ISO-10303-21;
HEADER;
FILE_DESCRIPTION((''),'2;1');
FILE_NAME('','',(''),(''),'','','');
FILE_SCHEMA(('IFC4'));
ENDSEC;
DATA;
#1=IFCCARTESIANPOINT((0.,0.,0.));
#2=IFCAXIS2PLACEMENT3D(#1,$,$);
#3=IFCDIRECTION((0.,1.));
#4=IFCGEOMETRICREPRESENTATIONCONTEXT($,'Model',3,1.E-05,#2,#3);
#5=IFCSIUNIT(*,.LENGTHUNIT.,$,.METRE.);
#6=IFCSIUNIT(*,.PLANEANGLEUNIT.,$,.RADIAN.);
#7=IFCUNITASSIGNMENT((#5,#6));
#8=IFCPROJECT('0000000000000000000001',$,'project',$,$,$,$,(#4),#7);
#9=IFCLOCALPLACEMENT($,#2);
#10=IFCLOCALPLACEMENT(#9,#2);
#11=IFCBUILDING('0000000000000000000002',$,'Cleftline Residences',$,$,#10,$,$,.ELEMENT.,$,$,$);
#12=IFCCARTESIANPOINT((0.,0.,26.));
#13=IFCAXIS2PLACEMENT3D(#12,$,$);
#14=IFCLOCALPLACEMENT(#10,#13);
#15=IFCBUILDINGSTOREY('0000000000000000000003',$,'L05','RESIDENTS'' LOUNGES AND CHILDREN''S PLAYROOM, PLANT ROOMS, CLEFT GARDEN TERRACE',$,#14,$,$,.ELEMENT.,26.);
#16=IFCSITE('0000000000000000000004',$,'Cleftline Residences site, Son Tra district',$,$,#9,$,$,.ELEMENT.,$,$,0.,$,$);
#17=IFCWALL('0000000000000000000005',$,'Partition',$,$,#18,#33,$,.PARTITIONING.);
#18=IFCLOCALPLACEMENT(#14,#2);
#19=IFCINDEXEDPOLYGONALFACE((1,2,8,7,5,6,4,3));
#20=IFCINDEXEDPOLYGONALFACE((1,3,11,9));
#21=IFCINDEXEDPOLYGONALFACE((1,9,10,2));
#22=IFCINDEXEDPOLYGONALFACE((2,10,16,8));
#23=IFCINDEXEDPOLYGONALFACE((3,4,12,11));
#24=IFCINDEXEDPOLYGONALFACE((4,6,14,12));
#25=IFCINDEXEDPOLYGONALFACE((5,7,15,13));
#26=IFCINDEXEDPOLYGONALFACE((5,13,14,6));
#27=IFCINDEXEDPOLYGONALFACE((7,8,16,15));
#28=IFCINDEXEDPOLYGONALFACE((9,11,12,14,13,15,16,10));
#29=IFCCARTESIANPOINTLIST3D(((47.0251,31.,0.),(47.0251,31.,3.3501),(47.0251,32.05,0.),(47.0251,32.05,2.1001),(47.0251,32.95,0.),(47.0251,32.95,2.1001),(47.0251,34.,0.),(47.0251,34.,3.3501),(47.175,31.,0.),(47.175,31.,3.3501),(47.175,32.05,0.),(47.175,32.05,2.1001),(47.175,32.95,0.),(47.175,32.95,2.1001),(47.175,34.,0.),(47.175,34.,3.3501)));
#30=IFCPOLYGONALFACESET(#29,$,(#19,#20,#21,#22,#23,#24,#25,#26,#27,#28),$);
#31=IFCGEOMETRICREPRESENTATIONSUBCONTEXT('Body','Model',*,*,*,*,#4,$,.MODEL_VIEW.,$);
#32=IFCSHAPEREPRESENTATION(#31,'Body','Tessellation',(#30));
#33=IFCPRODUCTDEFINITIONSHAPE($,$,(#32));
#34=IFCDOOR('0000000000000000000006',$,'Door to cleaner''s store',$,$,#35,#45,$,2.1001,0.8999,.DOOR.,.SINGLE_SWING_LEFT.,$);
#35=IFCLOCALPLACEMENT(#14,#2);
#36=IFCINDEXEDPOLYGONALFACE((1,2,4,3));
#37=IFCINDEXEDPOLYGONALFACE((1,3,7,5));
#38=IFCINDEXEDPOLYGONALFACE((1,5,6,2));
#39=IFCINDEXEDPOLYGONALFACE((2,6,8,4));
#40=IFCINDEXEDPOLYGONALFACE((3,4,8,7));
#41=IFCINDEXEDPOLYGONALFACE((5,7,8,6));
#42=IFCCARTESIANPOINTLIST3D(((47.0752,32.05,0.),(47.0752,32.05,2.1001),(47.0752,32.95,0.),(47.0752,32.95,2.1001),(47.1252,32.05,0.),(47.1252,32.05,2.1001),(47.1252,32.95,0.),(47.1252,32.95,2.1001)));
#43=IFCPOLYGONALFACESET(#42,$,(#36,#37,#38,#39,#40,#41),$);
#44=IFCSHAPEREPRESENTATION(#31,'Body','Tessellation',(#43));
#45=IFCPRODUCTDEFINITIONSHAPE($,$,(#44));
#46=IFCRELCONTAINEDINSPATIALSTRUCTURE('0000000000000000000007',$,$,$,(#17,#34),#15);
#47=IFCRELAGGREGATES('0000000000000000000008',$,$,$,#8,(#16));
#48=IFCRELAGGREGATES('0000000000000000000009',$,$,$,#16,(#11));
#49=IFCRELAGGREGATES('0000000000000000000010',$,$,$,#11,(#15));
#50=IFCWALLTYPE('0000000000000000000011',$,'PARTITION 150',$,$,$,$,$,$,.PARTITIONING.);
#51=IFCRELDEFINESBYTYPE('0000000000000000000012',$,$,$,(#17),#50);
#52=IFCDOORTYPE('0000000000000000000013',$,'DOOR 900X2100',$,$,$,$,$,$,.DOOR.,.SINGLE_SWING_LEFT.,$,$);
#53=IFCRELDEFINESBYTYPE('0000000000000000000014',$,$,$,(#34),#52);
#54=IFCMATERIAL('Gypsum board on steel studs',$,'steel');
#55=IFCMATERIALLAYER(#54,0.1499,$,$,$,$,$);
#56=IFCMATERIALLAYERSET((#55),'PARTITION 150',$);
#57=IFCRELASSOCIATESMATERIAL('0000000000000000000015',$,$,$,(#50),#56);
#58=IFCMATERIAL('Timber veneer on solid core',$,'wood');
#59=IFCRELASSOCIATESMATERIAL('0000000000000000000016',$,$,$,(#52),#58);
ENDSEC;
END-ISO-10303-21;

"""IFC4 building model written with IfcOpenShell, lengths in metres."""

from ifc_helpers import new_model, si_unit, direction, frame, frame_2d, origin, place, context, subcontext, project, spatial, rectangle, extrude, material, layer, layer_set, type_object, element, fill, save


model = new_model("IFC4")

# Units and contexts
model_context = context("Model", 3, precision=1e-05, world=origin(), true_north=direction((0.0, 1.0)))
body_context = subcontext(model_context, "Body", "Model", "MODEL_VIEW")
ifc_project = project(units=[si_unit("LENGTHUNIT", "METRE"), si_unit("PLANEANGLEUNIT", "RADIAN")], contexts=[model_context])

# Site, building, storey
site_placement = place(None, origin())
site = spatial("IfcSite", under=ifc_project, at=site_placement, Name="Cleftline Residences site, Son Tra district", CompositionType="ELEMENT", RefElevation=0.0)
building_placement = place(site_placement, origin())
building = spatial("IfcBuilding", under=site, at=building_placement, Name="Cleftline Residences", CompositionType="ELEMENT")
storey_placement = place(building_placement, frame((0.0, 0.0, 26.0)))
storey = spatial("IfcBuildingStorey", under=building, at=storey_placement, Name="L05", Description="RESIDENTS' LOUNGES AND CHILDREN'S PLAYROOM, PLANT ROOMS, CLEFT GARDEN TERRACE", CompositionType="ELEMENT", Elevation=26.0)

# Wall, opening, door
ifc_material_1 = material(Name="Gypsum board on steel studs", Category="steel")
ifc_layer_1 = layer(ifc_material_1, 0.1499)
ifc_layer_set_1 = layer_set([ifc_layer_1], Name="PARTITION 150")
wall_type_1 = type_object("IfcWallType", Name="PARTITION 150", PredefinedType="PARTITIONING", material=ifc_layer_set_1)
wall_1_placement = place(storey_placement, frame((47.1001, 31.0, 0.0), z_axis=(0.0, 0.0, 1.0), x_axis=(0.0, 1.0, 0.0)))
wall_1 = element("IfcWall", 1, at=wall_1_placement, inside=storey, type_object=wall_type_1, Name="Partition", PredefinedType="PARTITIONING", context=body_context, shape_type="SweptSolid", body=[
    extrude(rectangle(XDim=3.0, YDim=0.1499, at=frame_2d((1.5, 0.0))), origin(), (0.0, 0.0, 1.0), 3.3501),
])
opening_1_placement = place(wall_1_placement, frame((1.05, 0.0, 0.0)))
opening_1 = element("IfcOpeningElement", 2, at=opening_1_placement, cuts=wall_1, PredefinedType="OPENING", context=body_context, shape_type="SweptSolid", body=[
    extrude(rectangle(XDim=0.8999, YDim=2.1001, at=frame_2d((0.45, 1.05))), frame((0.0, 0.085, 0.0), z_axis=(0.0, -1.0, 0.0), x_axis=(1.0, 0.0, 0.0)), (0.0, 0.0, 1.0), 0.1699),
])
ifc_material_2 = material(Name="Timber veneer on solid core", Category="wood")
door_type_1 = type_object("IfcDoorType", Name="DOOR 900X2100", OperationType="SINGLE_SWING_LEFT", PredefinedType="DOOR", material=ifc_material_2)
door_1_placement = place(opening_1_placement, origin())
door_1 = element("IfcDoor", 3, at=door_1_placement, inside=storey, type_object=door_type_1, Name="Door to cleaner's store", OperationType="SINGLE_SWING_LEFT", OverallHeight=2.1001, OverallWidth=0.8999, PredefinedType="DOOR", context=body_context, shape_type="SweptSolid", body=[
    extrude(rectangle(XDim=0.8999, YDim=2.1001, at=frame_2d((0.45, 1.05))), frame((0.0, 0.0249, 0.0), z_axis=(0.0, -1.0, 0.0), x_axis=(1.0, 0.0, 0.0)), (0.0, 0.0, 1.0), 0.05),
])
fill(opening_1, door_1)

save(model, "model.ifc")
